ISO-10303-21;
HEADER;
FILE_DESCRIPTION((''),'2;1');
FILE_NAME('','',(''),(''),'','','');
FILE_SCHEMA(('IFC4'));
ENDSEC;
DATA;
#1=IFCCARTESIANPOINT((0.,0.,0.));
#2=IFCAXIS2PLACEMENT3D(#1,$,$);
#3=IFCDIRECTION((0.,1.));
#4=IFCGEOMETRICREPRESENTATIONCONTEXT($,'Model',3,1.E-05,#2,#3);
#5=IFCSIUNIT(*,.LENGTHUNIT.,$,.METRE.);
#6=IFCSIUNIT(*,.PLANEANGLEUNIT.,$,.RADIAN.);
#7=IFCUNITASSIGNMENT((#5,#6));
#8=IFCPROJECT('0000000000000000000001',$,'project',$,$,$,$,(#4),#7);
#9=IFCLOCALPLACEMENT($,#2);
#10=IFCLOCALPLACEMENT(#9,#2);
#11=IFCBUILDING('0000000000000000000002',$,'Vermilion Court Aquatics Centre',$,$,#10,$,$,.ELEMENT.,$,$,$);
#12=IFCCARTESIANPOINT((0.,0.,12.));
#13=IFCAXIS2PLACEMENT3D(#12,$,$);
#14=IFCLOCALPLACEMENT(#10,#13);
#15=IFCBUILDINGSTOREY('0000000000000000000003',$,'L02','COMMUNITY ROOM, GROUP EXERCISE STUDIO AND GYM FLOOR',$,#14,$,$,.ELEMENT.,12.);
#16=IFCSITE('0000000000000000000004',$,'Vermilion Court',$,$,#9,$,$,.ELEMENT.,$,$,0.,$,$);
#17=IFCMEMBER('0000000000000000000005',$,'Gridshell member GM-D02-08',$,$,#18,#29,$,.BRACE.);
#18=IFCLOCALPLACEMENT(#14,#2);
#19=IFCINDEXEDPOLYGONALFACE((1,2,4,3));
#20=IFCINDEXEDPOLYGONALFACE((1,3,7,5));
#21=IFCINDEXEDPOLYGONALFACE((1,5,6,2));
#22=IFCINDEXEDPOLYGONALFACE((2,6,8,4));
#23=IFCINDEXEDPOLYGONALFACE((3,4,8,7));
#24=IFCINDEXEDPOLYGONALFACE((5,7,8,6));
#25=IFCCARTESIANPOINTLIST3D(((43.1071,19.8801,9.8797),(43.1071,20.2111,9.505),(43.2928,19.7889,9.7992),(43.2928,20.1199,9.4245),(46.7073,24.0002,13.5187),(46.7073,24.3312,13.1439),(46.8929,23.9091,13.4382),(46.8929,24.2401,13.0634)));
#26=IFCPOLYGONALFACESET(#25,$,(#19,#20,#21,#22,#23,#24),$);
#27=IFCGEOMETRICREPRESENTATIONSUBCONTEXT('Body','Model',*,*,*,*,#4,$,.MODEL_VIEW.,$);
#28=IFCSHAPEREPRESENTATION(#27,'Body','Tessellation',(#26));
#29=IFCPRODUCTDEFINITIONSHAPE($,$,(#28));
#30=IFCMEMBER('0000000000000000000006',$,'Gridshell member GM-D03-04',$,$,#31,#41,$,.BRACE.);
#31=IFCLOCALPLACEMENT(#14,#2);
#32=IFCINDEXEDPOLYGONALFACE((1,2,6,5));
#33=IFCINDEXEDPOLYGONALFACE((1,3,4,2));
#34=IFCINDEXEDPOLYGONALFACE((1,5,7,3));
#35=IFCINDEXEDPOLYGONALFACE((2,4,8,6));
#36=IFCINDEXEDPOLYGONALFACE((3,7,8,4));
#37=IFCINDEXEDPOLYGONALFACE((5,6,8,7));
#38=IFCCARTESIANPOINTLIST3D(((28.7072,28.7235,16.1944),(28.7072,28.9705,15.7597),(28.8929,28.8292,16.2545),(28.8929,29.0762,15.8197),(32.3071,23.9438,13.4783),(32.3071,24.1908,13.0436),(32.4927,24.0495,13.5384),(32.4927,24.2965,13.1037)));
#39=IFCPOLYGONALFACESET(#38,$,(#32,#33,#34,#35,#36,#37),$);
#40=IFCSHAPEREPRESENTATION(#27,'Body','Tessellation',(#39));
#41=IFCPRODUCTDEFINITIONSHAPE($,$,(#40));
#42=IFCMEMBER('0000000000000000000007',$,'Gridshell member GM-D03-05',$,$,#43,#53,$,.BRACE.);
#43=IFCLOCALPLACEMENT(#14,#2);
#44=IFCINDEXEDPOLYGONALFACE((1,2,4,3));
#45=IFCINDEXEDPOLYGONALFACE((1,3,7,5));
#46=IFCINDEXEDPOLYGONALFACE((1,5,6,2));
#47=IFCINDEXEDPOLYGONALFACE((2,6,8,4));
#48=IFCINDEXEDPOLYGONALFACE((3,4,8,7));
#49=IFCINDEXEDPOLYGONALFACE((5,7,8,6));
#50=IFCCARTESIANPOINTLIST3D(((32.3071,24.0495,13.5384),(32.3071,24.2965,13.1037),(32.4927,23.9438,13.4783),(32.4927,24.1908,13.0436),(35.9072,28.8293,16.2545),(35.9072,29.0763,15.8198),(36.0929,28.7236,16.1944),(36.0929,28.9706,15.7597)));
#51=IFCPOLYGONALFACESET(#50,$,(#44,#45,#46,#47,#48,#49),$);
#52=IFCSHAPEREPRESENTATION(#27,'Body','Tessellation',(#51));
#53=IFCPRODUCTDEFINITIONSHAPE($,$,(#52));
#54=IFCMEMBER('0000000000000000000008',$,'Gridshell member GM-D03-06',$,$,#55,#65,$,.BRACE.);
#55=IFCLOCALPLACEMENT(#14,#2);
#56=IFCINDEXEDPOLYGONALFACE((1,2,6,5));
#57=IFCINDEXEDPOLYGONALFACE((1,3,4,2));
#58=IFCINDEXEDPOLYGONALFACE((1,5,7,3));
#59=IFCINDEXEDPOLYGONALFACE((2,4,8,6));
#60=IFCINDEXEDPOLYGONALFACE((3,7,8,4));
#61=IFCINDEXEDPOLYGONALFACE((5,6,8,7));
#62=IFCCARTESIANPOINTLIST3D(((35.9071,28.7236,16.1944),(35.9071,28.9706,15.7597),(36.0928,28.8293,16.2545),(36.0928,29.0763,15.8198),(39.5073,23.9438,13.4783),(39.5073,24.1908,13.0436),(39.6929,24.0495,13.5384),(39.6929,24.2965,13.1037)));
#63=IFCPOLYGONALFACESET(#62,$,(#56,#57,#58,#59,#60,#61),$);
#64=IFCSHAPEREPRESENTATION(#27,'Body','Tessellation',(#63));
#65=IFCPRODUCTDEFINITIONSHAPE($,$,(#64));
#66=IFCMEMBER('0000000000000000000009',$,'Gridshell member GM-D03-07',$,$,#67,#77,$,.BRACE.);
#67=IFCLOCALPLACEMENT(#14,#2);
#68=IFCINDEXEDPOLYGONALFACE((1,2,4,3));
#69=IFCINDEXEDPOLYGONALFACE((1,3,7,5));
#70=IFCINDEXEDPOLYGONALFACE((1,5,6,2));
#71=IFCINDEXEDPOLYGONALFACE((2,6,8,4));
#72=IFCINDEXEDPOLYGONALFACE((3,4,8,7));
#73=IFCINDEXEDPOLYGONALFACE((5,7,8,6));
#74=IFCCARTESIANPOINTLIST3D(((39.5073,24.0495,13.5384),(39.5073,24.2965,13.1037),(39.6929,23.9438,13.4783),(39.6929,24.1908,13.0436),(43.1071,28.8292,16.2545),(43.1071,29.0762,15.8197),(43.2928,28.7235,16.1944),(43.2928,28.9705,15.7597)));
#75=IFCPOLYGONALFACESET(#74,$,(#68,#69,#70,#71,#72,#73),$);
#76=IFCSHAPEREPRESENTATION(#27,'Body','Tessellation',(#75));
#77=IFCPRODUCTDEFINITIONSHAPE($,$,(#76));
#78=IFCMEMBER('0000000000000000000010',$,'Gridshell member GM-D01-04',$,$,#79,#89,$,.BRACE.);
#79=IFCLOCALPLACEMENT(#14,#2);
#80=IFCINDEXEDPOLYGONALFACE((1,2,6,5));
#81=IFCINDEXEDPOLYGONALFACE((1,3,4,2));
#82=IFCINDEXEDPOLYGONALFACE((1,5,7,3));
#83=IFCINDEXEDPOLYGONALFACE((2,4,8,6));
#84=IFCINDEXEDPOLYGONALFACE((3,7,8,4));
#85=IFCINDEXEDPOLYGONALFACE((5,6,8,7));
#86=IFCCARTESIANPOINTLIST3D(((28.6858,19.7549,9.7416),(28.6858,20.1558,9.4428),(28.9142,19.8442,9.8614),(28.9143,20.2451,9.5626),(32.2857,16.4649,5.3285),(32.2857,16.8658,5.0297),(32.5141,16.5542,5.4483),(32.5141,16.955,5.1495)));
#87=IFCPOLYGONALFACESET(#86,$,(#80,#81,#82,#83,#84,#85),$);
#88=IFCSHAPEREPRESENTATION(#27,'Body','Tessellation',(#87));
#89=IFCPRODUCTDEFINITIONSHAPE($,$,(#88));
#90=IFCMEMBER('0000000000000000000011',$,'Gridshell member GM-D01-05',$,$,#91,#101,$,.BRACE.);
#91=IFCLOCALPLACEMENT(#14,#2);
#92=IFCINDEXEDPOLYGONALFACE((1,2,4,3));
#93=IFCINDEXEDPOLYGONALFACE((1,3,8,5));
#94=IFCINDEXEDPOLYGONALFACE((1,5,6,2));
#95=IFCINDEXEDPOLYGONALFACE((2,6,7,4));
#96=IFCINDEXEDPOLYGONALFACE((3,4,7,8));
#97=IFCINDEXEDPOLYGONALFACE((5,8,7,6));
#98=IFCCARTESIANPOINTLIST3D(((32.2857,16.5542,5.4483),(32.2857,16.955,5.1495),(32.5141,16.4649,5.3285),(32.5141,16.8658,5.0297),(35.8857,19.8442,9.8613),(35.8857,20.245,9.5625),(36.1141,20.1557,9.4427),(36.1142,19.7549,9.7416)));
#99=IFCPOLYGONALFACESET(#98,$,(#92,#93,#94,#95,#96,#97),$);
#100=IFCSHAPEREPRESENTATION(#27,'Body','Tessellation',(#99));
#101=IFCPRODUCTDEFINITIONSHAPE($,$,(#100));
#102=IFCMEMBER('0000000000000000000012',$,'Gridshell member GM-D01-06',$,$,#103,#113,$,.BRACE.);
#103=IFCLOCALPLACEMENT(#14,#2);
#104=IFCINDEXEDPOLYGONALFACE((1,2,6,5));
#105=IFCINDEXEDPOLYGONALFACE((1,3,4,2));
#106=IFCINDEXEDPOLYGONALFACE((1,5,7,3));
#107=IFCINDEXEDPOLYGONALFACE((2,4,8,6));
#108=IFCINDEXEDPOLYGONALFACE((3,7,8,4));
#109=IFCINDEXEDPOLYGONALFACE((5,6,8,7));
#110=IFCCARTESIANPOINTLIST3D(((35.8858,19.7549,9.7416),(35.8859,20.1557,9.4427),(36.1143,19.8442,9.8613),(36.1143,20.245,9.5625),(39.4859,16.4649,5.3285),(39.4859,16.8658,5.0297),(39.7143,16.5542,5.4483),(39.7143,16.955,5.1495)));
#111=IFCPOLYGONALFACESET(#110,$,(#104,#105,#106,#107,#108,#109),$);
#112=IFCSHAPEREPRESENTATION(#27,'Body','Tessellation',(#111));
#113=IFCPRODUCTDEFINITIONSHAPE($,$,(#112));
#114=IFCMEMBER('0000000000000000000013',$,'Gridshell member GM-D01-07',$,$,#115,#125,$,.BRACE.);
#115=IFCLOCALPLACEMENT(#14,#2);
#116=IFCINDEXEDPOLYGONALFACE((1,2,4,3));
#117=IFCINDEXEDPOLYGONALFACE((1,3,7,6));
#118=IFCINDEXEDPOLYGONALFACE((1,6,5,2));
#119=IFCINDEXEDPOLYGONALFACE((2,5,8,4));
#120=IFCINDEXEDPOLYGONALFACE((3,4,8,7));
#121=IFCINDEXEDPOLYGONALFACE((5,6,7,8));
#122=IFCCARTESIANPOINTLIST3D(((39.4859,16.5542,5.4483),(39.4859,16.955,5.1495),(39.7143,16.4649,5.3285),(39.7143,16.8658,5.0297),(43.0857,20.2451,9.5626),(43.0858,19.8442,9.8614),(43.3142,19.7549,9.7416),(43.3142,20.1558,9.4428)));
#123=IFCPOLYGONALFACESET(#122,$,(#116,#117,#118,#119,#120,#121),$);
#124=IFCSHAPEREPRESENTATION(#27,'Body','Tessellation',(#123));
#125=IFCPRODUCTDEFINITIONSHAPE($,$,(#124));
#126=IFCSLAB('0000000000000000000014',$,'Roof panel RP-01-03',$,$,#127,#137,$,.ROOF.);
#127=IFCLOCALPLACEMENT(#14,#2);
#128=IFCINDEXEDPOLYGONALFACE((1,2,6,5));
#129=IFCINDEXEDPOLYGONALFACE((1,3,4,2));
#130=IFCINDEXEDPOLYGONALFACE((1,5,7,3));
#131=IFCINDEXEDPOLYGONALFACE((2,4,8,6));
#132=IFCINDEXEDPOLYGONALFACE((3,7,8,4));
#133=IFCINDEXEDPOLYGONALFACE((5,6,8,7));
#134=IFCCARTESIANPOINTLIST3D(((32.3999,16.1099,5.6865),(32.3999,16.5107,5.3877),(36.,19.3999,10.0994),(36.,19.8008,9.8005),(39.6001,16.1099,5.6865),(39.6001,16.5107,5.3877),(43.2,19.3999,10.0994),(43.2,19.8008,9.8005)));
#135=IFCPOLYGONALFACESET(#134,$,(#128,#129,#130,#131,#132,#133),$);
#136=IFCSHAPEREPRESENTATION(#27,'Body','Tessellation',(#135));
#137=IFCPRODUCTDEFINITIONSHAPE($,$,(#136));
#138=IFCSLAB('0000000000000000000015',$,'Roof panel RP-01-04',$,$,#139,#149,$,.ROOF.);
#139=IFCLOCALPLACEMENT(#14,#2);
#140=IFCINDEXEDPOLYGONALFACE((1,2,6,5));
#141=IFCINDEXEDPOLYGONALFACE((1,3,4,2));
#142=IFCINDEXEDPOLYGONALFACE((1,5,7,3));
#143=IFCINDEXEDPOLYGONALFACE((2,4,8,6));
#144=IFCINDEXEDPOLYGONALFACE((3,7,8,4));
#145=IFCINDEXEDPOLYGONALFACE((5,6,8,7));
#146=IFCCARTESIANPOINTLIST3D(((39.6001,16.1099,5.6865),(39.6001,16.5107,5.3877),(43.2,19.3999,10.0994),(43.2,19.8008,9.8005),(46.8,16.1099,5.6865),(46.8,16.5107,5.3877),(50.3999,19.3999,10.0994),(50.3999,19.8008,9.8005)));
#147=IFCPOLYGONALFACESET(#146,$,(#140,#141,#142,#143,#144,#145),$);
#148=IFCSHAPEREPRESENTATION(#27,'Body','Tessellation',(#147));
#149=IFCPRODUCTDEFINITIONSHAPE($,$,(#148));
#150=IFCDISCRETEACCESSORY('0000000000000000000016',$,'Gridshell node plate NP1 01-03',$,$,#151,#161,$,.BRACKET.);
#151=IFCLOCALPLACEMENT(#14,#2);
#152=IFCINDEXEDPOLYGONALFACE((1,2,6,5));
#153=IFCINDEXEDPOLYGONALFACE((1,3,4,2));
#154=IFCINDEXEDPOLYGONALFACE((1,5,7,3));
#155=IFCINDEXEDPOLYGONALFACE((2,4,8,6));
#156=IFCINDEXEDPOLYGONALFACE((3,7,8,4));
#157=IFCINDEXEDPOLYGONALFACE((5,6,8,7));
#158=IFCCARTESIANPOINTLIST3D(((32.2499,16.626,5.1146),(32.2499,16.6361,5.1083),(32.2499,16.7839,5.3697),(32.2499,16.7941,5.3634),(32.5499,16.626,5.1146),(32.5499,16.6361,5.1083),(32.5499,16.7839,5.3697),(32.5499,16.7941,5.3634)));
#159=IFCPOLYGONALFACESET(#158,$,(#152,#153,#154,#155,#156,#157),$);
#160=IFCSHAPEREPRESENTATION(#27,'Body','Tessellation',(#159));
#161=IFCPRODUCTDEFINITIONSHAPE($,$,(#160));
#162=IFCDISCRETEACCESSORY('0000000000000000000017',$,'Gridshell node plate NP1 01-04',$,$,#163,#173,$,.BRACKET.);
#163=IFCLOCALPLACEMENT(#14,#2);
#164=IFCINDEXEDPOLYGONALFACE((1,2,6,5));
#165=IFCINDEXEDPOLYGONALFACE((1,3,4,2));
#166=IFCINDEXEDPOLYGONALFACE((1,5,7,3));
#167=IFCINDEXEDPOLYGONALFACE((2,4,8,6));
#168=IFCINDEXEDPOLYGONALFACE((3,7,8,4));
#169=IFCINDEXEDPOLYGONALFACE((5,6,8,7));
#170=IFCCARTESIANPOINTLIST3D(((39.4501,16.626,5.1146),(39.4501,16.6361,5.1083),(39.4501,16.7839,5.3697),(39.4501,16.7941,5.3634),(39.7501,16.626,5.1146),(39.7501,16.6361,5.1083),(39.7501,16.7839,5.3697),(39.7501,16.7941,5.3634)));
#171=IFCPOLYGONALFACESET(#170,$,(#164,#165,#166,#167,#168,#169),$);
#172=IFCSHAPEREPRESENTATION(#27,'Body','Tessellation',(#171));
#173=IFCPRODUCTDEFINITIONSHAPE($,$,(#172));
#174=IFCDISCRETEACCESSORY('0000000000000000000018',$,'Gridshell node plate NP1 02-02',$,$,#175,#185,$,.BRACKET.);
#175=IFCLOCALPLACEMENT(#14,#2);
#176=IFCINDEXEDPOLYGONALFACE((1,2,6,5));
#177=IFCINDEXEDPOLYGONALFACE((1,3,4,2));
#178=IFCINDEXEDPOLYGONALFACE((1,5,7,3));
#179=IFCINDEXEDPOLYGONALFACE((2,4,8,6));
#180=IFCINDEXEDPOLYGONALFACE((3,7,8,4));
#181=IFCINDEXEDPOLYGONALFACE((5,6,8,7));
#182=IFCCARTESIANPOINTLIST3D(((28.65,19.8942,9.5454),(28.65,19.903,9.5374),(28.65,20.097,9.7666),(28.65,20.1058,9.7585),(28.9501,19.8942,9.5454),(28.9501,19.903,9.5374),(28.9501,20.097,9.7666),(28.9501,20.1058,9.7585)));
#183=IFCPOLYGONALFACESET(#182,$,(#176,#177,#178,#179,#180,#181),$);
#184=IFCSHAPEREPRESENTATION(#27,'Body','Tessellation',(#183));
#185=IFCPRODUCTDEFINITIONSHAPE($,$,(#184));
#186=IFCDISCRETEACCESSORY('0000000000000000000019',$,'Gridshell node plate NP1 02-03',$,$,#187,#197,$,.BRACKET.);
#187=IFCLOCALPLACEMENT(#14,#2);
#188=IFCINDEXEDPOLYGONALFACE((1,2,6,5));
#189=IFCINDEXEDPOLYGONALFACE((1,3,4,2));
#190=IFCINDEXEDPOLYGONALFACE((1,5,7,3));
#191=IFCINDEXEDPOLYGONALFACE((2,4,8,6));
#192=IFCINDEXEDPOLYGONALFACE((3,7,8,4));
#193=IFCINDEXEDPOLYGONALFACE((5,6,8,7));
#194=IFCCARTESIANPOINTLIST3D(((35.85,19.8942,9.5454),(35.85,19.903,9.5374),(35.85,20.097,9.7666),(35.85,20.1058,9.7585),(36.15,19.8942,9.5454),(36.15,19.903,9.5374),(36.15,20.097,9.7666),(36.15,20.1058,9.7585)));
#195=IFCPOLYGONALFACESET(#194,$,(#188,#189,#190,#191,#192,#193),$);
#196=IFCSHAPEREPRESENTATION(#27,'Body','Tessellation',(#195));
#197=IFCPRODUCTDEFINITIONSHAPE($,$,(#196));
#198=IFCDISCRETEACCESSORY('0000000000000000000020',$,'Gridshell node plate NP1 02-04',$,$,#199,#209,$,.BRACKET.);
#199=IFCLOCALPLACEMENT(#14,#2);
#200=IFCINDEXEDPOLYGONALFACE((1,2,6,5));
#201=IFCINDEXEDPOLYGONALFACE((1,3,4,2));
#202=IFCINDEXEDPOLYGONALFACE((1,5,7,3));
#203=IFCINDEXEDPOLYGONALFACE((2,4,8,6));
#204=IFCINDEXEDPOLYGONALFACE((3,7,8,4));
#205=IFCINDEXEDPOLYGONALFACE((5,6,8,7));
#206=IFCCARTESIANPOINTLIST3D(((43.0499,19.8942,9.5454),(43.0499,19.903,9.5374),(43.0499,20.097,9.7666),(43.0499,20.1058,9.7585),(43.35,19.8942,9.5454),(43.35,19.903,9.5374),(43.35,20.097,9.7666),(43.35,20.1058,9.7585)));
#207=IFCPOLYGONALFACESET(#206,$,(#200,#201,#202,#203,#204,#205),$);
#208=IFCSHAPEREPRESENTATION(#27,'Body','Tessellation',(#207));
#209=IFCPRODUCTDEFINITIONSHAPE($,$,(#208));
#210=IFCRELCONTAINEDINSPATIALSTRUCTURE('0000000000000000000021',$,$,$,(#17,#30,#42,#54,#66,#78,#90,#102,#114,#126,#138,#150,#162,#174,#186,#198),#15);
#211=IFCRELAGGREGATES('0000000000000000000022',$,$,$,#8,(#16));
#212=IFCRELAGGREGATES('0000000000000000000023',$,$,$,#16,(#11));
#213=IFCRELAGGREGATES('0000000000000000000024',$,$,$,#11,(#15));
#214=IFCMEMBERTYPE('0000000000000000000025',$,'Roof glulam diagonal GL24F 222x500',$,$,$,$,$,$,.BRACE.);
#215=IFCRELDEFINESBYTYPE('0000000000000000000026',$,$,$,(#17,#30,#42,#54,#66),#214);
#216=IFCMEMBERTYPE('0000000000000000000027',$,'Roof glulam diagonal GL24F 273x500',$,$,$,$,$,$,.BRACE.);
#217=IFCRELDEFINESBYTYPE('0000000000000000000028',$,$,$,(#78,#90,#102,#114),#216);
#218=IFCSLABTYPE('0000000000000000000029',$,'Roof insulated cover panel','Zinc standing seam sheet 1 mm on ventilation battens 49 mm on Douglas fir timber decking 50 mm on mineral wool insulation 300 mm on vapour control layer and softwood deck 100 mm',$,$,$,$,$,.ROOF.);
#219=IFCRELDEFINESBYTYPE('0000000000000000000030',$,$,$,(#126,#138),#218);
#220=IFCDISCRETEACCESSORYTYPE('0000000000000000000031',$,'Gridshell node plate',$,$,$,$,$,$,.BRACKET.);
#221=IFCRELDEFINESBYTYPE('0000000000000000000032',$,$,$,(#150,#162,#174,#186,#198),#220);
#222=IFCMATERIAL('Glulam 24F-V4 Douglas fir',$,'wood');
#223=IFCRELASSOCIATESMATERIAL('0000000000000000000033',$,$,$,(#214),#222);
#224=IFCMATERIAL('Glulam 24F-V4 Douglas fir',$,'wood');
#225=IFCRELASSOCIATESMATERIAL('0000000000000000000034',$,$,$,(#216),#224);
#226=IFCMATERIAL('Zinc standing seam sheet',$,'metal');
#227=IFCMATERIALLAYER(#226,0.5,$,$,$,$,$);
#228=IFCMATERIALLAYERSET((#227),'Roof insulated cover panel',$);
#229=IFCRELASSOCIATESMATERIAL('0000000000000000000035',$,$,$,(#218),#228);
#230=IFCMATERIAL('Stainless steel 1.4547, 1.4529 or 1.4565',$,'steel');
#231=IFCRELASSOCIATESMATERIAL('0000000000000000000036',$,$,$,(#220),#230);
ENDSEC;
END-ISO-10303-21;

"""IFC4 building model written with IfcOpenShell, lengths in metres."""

from ifc_helpers import new_model, si_unit, direction, frame, origin, origin_2d, place, context, subcontext, project, spatial, polyline, rectangle, outline, extrude, material, layer, layer_set, material_profile, profile_set, type_object, element, save


model = new_model("IFC4")

# Units and contexts
model_context = context("Model", 3, precision=1e-05, world=origin(), true_north=direction((0.0, 1.0)))
body_context = subcontext(model_context, "Body", "Model", "MODEL_VIEW")
ifc_project = project(units=[si_unit("LENGTHUNIT", "METRE"), si_unit("PLANEANGLEUNIT", "RADIAN")], contexts=[model_context])

# Site, building, storey
site_placement = place(None, origin())
site = spatial("IfcSite", under=ifc_project, at=site_placement, Name="Vermilion Court", CompositionType="ELEMENT", RefElevation=0.0)
building_placement = place(site_placement, origin())
building = spatial("IfcBuilding", under=site, at=building_placement, Name="Vermilion Court Aquatics Centre", CompositionType="ELEMENT")
storey_placement = place(building_placement, frame((0.0, 0.0, 12.0)))
storey = spatial("IfcBuildingStorey", under=building, at=storey_placement, Name="L02", Description="COMMUNITY ROOM, GROUP EXERCISE STUDIO AND GYM FLOOR", CompositionType="ELEMENT", Elevation=12.0)

# Members
ifc_material_1 = material(Name="Glulam 24F-V4 Douglas fir", Category="wood")
ifc_material_profile_1 = material_profile(ifc_material_1, rectangle(XDim=0.2219, YDim=0.5, at=origin_2d()), Name="GL24F 222x500")
ifc_profile_set_1 = profile_set([ifc_material_profile_1], Name="Glulam 24F-V4 Douglas fir")
member_type_1 = type_object("IfcMemberType", Name="Roof glulam diagonal GL24F 222x500", PredefinedType="BRACE", material=ifc_profile_set_1)
member_1_placement = place(storey_placement, frame((43.2, 20.0, 9.6521), z_axis=(0.547878, 0.627017, 0.553786), x_axis=(-0.836558, 0.410664, 0.362664)))
element("IfcMember", 1, at=member_1_placement, inside=storey, type_object=member_type_1, Name="Gridshell member GM-D02-08", PredefinedType="BRACE", context=body_context, shape_type="SweptSolid", body=[
    extrude(rectangle(XDim=0.2219, YDim=0.5, at=origin_2d()), origin(), (0.0, 0.0, 1.0), 6.571),
])
member_2_placement = place(storey_placement, frame((32.3999, 24.1201, 13.291), z_axis=(-0.547813, 0.72737, 0.413321), x_axis=(-0.836601, -0.476303, -0.270618)))
element("IfcMember", 2, at=member_2_placement, inside=storey, type_object=member_type_1, Name="Gridshell member GM-D03-04", PredefinedType="BRACE", context=body_context, shape_type="SweptSolid", body=[
    extrude(rectangle(XDim=0.2219, YDim=0.5, at=origin_2d()), origin(), (0.0, 0.0, 1.0), 6.5713),
])
for number, where, z_axis, x_axis, name in (
    (3, (32.3999, 24.1201, 13.291), (0.547839, 0.727355, 0.413312), (-0.836584, 0.476332, 0.27062), "Gridshell member GM-D03-05"),
    (4, (39.6001, 24.1201, 13.291), (-0.547839, 0.727355, 0.413312), (-0.836584, -0.476332, -0.27062), "Gridshell member GM-D03-06"),
):
    element("IfcMember", number, at=place(storey_placement, frame(where, z_axis=z_axis, x_axis=x_axis)), inside=storey, type_object=member_type_1, Name=name, PredefinedType="BRACE", context=body_context, shape_type="SweptSolid", body=[
        extrude(rectangle(XDim=0.2219, YDim=0.5, at=origin_2d()), origin(), (0.0, 0.0, 1.0), 6.5715),
    ])
member_3_placement = place(storey_placement, frame((39.6001, 24.1201, 13.291), z_axis=(0.547813, 0.72737, 0.413321), x_axis=(-0.836601, 0.476303, 0.270618)))
element("IfcMember", 5, at=member_3_placement, inside=storey, type_object=member_type_1, Name="Gridshell member GM-D03-07", PredefinedType="BRACE", context=body_context, shape_type="SweptSolid", body=[
    extrude(rectangle(XDim=0.2219, YDim=0.5, at=origin_2d()), origin(), (0.0, 0.0, 1.0), 6.5713),
])
ifc_material_2 = material(Name="Glulam 24F-V4 Douglas fir", Category="wood")
ifc_material_profile_2 = material_profile(ifc_material_2, rectangle(XDim=0.2729, YDim=0.5, at=origin_2d()), Name="GL24F 273x500")
ifc_profile_set_2 = profile_set([ifc_material_profile_2], Name="Glulam 24F-V4 Douglas fir")
member_type_2 = type_object("IfcMemberType", Name="Roof glulam diagonal GL24F 273x500", PredefinedType="BRACE", material=ifc_profile_set_2)
for number, where, z_axis, x_axis, name in (
    (6, (32.3999, 16.71, 5.239), (-0.547329, 0.500224, 0.670974), (-0.836918, -0.327083, -0.438846), "Gridshell member GM-D01-04"),
    (7, (32.3999, 16.71, 5.239), (0.547355, 0.500214, 0.670961), (-0.836901, 0.327117, 0.438853), "Gridshell member GM-D01-05"),
    (8, (39.6001, 16.71, 5.239), (-0.547355, 0.500214, 0.670961), (-0.836901, -0.327117, -0.438853), "Gridshell member GM-D01-06"),
    (9, (39.6001, 16.71, 5.239), (0.547329, 0.500224, 0.670974), (-0.836918, 0.327083, 0.438846), "Gridshell member GM-D01-07"),
):
    element("IfcMember", number, at=place(storey_placement, frame(where, z_axis=z_axis, x_axis=x_axis)), inside=storey, type_object=member_type_2, Name=name, PredefinedType="BRACE", context=body_context, shape_type="SweptSolid", body=[
        extrude(rectangle(XDim=0.2729, YDim=0.5, at=origin_2d()), origin(), (0.0, 0.0, 1.0), 6.5771),
    ])

# Slabs
ifc_material_3 = material(Name="Zinc standing seam sheet", Category="metal")
ifc_layer = layer(ifc_material_3, 0.5)
ifc_layer_set = layer_set([ifc_layer], Name="Roof insulated cover panel")
slab_type = type_object("IfcSlabType", Name="Roof insulated cover panel", Description="Zinc standing seam sheet 1 mm on ventilation battens 49 mm on Douglas fir timber decking 50 mm on mineral wool insulation 300 mm on vapour control layer and softwood deck 100 mm", PredefinedType="ROOF", material=ifc_layer_set)
slab_1_placement = place(storey_placement, frame((32.3999, 16.1099, 5.6865), z_axis=(0.0, -0.801705, 0.59772), x_axis=(1.0, 0.0, 0.0)))
element("IfcSlab", 10, at=slab_1_placement, inside=storey, type_object=slab_type, Name="Roof panel RP-01-03", PredefinedType="ROOF", context=body_context, shape_type="SweptSolid", body=[
    extrude(outline(polyline([(0.0, 0.0), (7.2002, 0.0), (10.8, 5.5043), (3.6001, 5.5043), (0.0, 0.0)])), origin(), (0.0, 0.0, -1.0), 0.5),
])
slab_2_placement = place(storey_placement, frame((39.6001, 16.1099, 5.6865), z_axis=(0.0, -0.801705, 0.59772), x_axis=(1.0, 0.0, 0.0)))
element("IfcSlab", 11, at=slab_2_placement, inside=storey, type_object=slab_type, Name="Roof panel RP-01-04", PredefinedType="ROOF", context=body_context, shape_type="SweptSolid", body=[
    extrude(outline(polyline([(0.0, 0.0), (7.2, 0.0), (10.7998, 5.5043), (3.5999, 5.5043), (0.0, 0.0)])), origin(), (0.0, 0.0, -1.0), 0.5),
])

# Discrete accessories
ifc_material_4 = material(Name="Stainless steel 1.4547, 1.4529 or 1.4565", Category="steel")
ifc_material_profile_3 = material_profile(ifc_material_4, rectangle(XDim=0.3, YDim=0.3, at=origin_2d()), Name="PL 12 x 300 x 300")
ifc_profile_set_3 = profile_set([ifc_material_profile_3], Name="Stainless steel 1.4547, 1.4529 or 1.4565")
discrete_accessory_type = type_object("IfcDiscreteAccessoryType", Name="Gridshell node plate", PredefinedType="BRACKET", material=ifc_profile_set_3)
for number, where, z_axis, x_axis, name in (
    (12, (32.3999, 16.7151, 5.2358), (0.0, -0.850265, 0.526355), (1.0, 0.0, 0.0), "Gridshell node plate NP1 01-03"),
    (13, (39.6001, 16.7151, 5.2358), (0.0, -0.850265, 0.526355), (1.0, 0.0, 0.0), "Gridshell node plate NP1 01-04"),
    (14, (28.8, 20.0044, 9.6479), (0.0, -0.737154, 0.675725), (1.0, 0.0, 0.0), "Gridshell node plate NP1 02-02"),
    (15, (36.0, 20.0044, 9.6479), (0.0, -0.737154, 0.675725), (1.0, 0.0, 0.0), "Gridshell node plate NP1 02-03"),
    (16, (43.2, 20.0044, 9.6479), (0.0, -0.737154, 0.675725), (1.0, 0.0, 0.0), "Gridshell node plate NP1 02-04"),
):
    element("IfcDiscreteAccessory", number, at=place(storey_placement, frame(where, z_axis=z_axis, x_axis=x_axis)), inside=storey, type_object=discrete_accessory_type, Name=name, PredefinedType="BRACKET", context=body_context, shape_type="SweptSolid", body=[
        extrude(rectangle(XDim=0.3, YDim=0.3, at=origin_2d()), origin(), (0.0, 0.0, 1.0), 0.012),
    ])

save(model, "model.ifc")
